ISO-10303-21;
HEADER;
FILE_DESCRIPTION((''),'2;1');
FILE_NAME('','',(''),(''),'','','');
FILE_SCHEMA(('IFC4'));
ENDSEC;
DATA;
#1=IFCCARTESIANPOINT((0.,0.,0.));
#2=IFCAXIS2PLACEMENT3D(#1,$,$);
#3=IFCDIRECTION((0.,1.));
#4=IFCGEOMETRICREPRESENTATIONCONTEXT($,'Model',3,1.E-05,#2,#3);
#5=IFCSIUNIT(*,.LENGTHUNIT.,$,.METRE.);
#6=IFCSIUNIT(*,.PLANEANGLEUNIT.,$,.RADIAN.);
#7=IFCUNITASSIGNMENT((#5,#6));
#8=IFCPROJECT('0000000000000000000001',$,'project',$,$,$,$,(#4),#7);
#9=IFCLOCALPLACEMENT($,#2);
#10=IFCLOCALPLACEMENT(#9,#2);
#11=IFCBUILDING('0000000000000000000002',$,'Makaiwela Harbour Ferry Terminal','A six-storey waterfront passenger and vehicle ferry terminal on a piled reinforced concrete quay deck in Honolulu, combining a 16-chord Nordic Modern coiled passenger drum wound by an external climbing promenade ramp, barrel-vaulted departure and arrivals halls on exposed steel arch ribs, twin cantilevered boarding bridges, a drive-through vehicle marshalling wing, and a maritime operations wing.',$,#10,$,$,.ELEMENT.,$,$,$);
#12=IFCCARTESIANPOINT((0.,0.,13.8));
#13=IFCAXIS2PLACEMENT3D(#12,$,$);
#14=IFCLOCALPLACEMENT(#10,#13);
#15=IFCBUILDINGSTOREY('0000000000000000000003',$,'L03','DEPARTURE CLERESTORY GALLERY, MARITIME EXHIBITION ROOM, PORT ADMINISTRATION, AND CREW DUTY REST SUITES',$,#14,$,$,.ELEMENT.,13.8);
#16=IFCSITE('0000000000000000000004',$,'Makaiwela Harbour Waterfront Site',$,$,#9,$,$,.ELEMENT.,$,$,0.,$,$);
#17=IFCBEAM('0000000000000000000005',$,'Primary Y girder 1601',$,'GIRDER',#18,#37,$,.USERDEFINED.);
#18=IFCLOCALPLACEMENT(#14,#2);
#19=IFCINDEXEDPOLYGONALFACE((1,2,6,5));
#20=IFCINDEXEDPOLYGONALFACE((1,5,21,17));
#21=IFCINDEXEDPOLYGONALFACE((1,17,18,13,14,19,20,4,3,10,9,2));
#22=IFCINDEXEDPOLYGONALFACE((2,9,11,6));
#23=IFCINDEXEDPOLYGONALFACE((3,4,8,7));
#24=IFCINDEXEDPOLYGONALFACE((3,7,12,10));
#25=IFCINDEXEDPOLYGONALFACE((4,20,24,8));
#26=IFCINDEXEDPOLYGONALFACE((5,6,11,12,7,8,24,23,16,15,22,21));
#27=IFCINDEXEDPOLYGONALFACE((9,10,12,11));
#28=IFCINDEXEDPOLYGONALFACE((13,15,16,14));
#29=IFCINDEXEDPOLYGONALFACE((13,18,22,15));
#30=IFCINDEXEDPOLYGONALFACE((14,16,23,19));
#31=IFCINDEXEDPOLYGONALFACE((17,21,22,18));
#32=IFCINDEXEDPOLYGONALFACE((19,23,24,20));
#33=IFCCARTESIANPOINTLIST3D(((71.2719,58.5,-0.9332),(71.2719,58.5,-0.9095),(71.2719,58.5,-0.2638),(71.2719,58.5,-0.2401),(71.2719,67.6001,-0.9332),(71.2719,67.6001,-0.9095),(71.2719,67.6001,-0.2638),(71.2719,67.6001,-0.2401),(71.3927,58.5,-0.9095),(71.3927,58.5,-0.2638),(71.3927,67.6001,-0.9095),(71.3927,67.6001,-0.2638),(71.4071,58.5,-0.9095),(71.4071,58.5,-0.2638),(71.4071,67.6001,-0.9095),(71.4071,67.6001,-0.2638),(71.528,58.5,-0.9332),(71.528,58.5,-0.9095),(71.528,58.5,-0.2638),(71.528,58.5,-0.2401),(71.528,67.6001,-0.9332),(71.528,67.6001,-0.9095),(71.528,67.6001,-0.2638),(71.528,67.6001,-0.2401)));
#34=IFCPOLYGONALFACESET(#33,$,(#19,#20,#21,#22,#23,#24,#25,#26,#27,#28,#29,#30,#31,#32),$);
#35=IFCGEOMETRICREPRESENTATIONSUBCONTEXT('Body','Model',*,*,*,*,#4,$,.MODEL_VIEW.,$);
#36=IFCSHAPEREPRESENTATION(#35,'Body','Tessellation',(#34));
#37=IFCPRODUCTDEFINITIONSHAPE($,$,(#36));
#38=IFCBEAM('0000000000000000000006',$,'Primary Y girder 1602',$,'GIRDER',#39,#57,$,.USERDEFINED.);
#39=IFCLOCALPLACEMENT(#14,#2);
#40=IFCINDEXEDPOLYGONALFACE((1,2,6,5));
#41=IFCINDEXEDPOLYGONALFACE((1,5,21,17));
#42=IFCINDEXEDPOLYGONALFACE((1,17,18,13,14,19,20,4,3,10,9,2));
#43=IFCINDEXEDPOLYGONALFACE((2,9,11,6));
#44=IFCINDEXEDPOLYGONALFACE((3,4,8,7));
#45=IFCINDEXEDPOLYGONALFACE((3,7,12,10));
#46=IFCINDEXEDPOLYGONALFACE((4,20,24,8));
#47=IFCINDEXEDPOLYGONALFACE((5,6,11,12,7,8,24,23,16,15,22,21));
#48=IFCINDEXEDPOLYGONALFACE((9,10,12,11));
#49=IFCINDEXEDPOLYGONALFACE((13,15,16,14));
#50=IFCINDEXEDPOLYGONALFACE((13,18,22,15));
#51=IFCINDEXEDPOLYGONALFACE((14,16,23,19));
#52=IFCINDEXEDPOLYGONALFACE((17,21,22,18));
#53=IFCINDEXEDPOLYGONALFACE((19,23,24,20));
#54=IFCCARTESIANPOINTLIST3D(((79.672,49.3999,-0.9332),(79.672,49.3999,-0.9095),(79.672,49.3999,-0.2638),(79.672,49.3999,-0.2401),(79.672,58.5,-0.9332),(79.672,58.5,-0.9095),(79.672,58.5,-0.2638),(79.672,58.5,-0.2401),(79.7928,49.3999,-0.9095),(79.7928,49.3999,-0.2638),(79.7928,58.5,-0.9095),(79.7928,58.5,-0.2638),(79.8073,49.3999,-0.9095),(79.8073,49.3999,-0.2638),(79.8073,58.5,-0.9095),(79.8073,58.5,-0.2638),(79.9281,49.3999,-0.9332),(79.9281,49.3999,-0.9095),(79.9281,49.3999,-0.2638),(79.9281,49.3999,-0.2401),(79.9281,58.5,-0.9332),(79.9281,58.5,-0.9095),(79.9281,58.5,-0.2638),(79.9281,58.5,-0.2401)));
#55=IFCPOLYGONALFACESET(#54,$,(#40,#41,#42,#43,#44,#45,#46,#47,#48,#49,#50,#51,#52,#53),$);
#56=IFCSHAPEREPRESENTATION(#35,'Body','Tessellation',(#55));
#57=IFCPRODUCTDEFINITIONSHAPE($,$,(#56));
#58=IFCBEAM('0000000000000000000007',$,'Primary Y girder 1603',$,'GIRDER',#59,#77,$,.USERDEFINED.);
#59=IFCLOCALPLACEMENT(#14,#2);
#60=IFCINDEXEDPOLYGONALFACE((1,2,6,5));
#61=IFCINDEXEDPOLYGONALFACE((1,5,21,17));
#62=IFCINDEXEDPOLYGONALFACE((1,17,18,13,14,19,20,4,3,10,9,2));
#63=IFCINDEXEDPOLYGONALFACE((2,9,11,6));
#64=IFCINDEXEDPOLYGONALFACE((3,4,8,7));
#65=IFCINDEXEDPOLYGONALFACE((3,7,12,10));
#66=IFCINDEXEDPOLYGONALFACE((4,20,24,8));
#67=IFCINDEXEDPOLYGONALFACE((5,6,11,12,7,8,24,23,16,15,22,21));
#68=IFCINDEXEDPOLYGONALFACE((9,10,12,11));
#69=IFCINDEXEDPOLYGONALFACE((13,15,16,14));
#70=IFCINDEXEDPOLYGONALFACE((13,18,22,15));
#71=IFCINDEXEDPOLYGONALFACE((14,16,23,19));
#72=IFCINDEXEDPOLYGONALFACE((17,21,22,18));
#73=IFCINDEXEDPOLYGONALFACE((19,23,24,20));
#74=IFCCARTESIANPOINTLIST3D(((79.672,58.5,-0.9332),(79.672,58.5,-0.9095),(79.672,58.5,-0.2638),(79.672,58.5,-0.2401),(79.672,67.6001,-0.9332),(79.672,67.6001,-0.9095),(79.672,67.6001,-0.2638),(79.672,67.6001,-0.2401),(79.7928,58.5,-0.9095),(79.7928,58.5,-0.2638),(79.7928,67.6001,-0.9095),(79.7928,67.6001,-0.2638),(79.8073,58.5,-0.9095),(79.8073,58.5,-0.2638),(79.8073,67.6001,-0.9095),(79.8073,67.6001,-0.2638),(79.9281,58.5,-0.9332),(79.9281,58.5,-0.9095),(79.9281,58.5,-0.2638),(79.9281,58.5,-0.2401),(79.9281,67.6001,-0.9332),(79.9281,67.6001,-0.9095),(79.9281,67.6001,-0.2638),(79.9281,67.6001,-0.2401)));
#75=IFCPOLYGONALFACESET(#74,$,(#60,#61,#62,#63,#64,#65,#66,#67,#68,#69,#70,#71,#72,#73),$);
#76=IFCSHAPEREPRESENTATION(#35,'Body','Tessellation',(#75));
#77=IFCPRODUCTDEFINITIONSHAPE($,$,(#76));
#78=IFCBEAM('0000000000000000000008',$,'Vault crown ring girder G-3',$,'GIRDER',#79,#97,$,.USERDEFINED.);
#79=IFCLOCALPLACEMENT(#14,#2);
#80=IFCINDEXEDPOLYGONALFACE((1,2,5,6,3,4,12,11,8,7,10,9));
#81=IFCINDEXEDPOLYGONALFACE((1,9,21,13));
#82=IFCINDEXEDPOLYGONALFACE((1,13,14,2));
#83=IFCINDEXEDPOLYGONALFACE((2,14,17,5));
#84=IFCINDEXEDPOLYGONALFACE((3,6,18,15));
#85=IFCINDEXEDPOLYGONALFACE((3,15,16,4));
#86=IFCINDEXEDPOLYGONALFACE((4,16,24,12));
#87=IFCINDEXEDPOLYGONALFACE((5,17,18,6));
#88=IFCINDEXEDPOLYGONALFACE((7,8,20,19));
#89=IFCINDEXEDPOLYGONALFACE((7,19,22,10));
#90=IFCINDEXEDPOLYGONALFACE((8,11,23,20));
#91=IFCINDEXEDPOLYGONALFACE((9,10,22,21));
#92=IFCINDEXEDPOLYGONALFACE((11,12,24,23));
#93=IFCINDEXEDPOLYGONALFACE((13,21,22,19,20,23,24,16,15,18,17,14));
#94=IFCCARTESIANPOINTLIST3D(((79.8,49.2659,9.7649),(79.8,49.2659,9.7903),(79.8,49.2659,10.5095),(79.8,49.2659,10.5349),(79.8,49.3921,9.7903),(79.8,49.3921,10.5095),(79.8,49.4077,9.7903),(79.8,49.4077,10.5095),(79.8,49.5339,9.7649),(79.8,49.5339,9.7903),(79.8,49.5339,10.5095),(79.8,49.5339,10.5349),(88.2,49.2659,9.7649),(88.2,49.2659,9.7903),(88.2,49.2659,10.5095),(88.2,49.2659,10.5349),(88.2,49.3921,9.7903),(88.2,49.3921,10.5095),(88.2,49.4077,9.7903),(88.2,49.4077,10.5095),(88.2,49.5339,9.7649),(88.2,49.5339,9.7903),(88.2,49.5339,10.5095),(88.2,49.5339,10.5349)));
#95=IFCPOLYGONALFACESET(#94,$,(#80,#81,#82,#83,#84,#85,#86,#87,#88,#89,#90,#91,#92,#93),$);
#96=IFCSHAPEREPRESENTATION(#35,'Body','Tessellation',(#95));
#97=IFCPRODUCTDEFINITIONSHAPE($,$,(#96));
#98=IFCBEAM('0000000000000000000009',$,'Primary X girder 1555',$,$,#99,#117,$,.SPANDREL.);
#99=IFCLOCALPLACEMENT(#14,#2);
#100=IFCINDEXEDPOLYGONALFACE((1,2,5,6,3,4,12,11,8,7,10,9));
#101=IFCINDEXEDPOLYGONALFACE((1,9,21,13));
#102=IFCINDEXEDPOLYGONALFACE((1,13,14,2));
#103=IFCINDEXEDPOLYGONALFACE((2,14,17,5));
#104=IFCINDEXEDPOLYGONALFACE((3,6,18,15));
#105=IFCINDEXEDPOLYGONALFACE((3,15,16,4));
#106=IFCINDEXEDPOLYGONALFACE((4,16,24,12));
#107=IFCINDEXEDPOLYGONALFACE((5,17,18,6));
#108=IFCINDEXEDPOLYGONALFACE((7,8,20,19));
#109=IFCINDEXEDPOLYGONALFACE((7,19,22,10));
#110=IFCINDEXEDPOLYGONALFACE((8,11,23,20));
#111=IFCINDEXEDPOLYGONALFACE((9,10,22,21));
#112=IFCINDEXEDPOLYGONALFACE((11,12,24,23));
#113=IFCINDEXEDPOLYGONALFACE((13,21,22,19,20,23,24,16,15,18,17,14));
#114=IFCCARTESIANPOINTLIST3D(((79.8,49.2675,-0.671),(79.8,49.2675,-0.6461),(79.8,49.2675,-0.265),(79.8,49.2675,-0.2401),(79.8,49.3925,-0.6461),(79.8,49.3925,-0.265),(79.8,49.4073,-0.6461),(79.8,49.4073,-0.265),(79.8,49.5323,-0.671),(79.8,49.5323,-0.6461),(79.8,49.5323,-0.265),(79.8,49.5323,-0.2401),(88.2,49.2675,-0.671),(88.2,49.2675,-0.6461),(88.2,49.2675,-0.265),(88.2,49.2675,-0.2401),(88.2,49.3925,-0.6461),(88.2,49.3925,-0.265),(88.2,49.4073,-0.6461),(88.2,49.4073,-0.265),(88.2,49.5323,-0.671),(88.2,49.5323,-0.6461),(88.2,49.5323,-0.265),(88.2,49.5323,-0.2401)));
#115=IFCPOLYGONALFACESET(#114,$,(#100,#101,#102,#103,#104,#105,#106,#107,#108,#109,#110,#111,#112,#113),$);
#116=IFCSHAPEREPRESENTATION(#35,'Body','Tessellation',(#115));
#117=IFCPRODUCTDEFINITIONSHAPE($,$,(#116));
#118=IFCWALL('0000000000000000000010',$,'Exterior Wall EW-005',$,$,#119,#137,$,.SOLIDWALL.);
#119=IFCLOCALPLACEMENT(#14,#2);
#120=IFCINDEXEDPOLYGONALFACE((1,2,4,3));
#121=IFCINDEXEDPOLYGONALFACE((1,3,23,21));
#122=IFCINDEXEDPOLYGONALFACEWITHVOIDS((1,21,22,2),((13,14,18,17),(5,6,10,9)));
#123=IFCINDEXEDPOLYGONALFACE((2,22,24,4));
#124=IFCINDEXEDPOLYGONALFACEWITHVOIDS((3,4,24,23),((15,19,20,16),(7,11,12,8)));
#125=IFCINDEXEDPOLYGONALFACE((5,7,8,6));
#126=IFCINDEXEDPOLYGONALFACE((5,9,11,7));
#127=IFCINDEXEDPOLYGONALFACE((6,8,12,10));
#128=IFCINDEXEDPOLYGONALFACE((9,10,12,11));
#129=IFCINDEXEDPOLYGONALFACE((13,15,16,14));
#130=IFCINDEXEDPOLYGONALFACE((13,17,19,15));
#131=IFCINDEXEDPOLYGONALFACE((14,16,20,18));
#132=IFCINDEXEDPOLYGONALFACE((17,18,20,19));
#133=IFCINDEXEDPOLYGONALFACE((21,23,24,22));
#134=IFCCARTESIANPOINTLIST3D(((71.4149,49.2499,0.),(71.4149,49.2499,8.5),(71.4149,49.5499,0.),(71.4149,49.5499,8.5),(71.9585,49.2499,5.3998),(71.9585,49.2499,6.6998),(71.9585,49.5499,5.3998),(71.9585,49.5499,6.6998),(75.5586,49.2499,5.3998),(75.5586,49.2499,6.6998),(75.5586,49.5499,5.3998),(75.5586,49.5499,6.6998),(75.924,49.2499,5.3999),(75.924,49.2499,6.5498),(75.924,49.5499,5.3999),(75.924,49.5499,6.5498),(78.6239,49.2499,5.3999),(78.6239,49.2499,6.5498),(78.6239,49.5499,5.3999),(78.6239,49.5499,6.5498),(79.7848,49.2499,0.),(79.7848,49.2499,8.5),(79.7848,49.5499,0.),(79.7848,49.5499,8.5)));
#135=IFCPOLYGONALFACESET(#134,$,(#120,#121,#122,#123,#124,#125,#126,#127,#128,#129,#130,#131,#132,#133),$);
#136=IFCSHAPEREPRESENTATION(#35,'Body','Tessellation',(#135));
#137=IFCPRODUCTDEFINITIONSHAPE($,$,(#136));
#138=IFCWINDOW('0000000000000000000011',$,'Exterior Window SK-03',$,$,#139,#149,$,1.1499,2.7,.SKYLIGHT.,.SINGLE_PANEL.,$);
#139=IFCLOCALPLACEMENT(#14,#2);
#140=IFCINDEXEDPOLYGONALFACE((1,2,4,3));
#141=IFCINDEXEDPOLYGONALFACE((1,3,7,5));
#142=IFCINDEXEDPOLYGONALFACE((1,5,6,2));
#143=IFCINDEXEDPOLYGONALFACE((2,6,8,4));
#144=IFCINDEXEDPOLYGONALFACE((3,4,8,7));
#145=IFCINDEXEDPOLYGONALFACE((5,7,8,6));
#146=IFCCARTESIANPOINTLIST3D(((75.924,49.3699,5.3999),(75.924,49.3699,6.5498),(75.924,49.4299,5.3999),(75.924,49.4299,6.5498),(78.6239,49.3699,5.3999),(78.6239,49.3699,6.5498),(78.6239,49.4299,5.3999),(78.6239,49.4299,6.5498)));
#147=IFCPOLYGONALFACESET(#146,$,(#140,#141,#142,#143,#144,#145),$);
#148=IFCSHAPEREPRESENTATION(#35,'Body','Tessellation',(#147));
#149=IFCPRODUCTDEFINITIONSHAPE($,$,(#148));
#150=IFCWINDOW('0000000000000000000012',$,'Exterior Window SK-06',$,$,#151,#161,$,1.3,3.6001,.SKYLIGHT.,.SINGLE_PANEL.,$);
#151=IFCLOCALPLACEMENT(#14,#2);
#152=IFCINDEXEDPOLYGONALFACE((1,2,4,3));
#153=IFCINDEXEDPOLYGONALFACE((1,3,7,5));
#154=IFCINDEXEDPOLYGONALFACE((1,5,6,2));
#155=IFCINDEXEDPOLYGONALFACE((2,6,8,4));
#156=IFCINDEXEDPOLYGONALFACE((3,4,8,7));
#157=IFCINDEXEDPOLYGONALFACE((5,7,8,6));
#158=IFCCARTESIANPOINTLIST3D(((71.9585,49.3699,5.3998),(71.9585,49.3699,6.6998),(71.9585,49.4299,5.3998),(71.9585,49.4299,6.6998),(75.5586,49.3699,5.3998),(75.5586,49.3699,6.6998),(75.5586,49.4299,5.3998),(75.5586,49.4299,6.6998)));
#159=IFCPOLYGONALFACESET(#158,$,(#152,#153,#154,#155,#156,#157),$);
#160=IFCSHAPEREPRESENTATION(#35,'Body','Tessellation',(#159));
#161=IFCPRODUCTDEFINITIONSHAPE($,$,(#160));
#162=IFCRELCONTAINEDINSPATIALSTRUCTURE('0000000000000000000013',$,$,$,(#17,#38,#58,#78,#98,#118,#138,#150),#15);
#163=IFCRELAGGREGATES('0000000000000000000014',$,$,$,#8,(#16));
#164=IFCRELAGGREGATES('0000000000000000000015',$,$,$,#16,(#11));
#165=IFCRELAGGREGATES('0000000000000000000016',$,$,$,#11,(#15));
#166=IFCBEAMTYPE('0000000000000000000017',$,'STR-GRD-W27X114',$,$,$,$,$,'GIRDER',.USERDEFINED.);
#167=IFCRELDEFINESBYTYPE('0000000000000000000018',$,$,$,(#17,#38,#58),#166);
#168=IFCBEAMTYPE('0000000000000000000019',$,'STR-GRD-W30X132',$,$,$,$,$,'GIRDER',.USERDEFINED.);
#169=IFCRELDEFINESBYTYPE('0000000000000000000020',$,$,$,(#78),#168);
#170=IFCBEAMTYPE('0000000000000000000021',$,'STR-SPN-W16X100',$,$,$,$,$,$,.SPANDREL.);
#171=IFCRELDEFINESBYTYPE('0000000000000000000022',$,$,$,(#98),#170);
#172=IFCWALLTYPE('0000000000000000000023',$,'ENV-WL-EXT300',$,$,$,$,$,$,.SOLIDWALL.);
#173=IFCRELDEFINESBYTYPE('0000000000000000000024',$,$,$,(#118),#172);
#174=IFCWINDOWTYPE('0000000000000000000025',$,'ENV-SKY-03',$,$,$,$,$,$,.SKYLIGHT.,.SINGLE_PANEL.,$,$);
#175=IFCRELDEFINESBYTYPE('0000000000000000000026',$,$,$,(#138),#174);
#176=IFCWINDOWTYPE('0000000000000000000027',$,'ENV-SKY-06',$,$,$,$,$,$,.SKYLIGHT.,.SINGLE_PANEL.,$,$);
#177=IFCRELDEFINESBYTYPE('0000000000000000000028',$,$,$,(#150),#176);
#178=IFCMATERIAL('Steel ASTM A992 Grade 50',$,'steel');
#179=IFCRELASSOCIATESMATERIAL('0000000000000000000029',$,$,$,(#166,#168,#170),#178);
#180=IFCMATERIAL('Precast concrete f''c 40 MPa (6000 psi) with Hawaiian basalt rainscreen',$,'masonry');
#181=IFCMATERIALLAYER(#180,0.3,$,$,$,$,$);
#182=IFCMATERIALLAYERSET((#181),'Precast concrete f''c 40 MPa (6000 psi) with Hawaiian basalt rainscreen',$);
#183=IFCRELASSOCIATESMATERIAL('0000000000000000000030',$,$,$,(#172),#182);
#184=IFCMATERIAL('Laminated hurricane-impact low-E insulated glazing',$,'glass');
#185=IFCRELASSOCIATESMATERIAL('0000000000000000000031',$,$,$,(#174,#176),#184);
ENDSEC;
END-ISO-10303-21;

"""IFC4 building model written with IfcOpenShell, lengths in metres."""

from ifc_helpers import new_model, si_unit, direction, frame, frame_2d, origin, origin_2d, place, context, subcontext, project, spatial, rectangle, i_section, extrude, material, layer, layer_set, material_profile, profile_set, type_object, element, fill, save


model = new_model("IFC4")

# Units and contexts
model_context = context("Model", 3, precision=1e-05, world=origin(), true_north=direction((0.0, 1.0)))
body_context = subcontext(model_context, "Body", "Model", "MODEL_VIEW")
ifc_project = project(units=[si_unit("LENGTHUNIT", "METRE"), si_unit("PLANEANGLEUNIT", "RADIAN")], contexts=[model_context])

# Site, building, storey
site_placement = place(None, origin())
site = spatial("IfcSite", under=ifc_project, at=site_placement, Name="Makaiwela Harbour Waterfront Site", CompositionType="ELEMENT", RefElevation=0.0)
building_placement = place(site_placement, origin())
building = spatial("IfcBuilding", under=site, at=building_placement, Name="Makaiwela Harbour Ferry Terminal", Description="A six-storey waterfront passenger and vehicle ferry terminal on a piled reinforced concrete quay deck in Honolulu, combining a 16-chord Nordic Modern coiled passenger drum wound by an external climbing promenade ramp, barrel-vaulted departure and arrivals halls on exposed steel arch ribs, twin cantilevered boarding bridges, a drive-through vehicle marshalling wing, and a maritime operations wing.", CompositionType="ELEMENT")
storey_placement = place(building_placement, frame((0.0, 0.0, 13.8)))
storey = spatial("IfcBuildingStorey", under=building, at=storey_placement, Name="L03", Description="DEPARTURE CLERESTORY GALLERY, MARITIME EXHIBITION ROOM, PORT ADMINISTRATION, AND CREW DUTY REST SUITES", CompositionType="ELEMENT", Elevation=13.8)

# Shared definitions
ifc_material_1 = material(Name="Steel ASTM A992 Grade 50", Category="steel")

# Beams
ifc_material_profile_1 = material_profile(ifc_material_1, i_section(OverallWidth=0.2561, OverallDepth=0.6931, WebThickness=0.0144, FlangeThickness=0.0237, at=origin_2d()), Name="W27X114")
ifc_profile_set_1 = profile_set([ifc_material_profile_1], Name="Steel ASTM A992 Grade 50")
beam_type_1 = type_object("IfcBeamType", Name="STR-GRD-W27X114", ElementType="GIRDER", PredefinedType="USERDEFINED", material=ifc_profile_set_1)
for number, where, z_axis, x_axis, name in (
    (1, (71.3999, 58.5, -0.5867), (0.0, 1.0, 0.0), (-1.0, 0.0, 0.0), "Primary Y girder 1601"),
    (2, (79.8, 49.3999, -0.5867), (0.0, 1.0, 0.0), (-1.0, 0.0, 0.0), "Primary Y girder 1602"),
    (3, (79.8, 58.5, -0.5867), (0.0, 1.0, 0.0), (-1.0, 0.0, 0.0), "Primary Y girder 1603"),
):
    element("IfcBeam", number, at=place(storey_placement, frame(where, z_axis=z_axis, x_axis=x_axis)), inside=storey, type_object=beam_type_1, Name=name, ObjectType="GIRDER", PredefinedType="USERDEFINED", context=body_context, shape_type="SweptSolid", body=[
        extrude(i_section(OverallWidth=0.2561, OverallDepth=0.6931, WebThickness=0.0144, FlangeThickness=0.0237, at=origin_2d()), origin(), (0.0, 0.0, 1.0), 9.1001),
    ])
ifc_material_profile_2 = material_profile(ifc_material_1, i_section(OverallWidth=0.2681, OverallDepth=0.77, WebThickness=0.0156, FlangeThickness=0.0254, at=origin_2d()), Name="W30X132")
ifc_profile_set_2 = profile_set([ifc_material_profile_2], Name="Steel ASTM A992 Grade 50")
beam_type_2 = type_object("IfcBeamType", Name="STR-GRD-W30X132", ElementType="GIRDER", PredefinedType="USERDEFINED", material=ifc_profile_set_2)
beam_1_placement = place(storey_placement, frame((79.8, 49.3999, 10.1499), z_axis=(1.0, 0.0, 0.0), x_axis=(0.0, 1.0, 0.0)))
element("IfcBeam", 4, at=beam_1_placement, inside=storey, type_object=beam_type_2, Name="Vault crown ring girder G-3", ObjectType="GIRDER", PredefinedType="USERDEFINED", context=body_context, shape_type="SweptSolid", body=[
    extrude(i_section(OverallWidth=0.2681, OverallDepth=0.77, WebThickness=0.0156, FlangeThickness=0.0254, at=origin_2d()), origin(), (0.0, 0.0, 1.0), 8.3999),
])
ifc_material_profile_3 = material_profile(ifc_material_1, i_section(OverallWidth=0.2649, OverallDepth=0.4309, WebThickness=0.0149, FlangeThickness=0.0249, at=origin_2d()), Name="W16X100")
ifc_profile_set_3 = profile_set([ifc_material_profile_3], Name="Steel ASTM A992 Grade 50")
beam_type_3 = type_object("IfcBeamType", Name="STR-SPN-W16X100", PredefinedType="SPANDREL", material=ifc_profile_set_3)
beam_2_placement = place(storey_placement, frame((79.8, 49.3999, -0.4556), z_axis=(1.0, 0.0, 0.0), x_axis=(0.0, 1.0, 0.0)))
element("IfcBeam", 5, at=beam_2_placement, inside=storey, type_object=beam_type_3, Name="Primary X girder 1555", PredefinedType="SPANDREL", context=body_context, shape_type="SweptSolid", body=[
    extrude(i_section(OverallWidth=0.2649, OverallDepth=0.4309, WebThickness=0.0149, FlangeThickness=0.0249, at=origin_2d()), origin(), (0.0, 0.0, 1.0), 8.3999),
])

# Wall, openings, windows
ifc_material_2 = material(Name="Precast concrete f'c 40 MPa (6000 psi) with Hawaiian basalt rainscreen", Category="masonry")
ifc_layer = layer(ifc_material_2, 0.3)
ifc_layer_set = layer_set([ifc_layer], Name="Precast concrete f'c 40 MPa (6000 psi) with Hawaiian basalt rainscreen")
wall_type = type_object("IfcWallType", Name="ENV-WL-EXT300", PredefinedType="SOLIDWALL", material=ifc_layer_set)
wall_placement = place(storey_placement, frame((79.7849, 49.3999, 0.0), z_axis=(0.0, 0.0, 1.0), x_axis=(-1.0, 0.0, 0.0)))
wall = element("IfcWall", 6, at=wall_placement, inside=storey, type_object=wall_type, Name="Exterior Wall EW-005", PredefinedType="SOLIDWALL", context=body_context, shape_type="SweptSolid", body=[
    extrude(rectangle(XDim=8.3699, YDim=0.3, at=frame_2d((4.1851, 0.0))), origin(), (0.0, 0.0, 1.0), 8.5),
])
opening_1_placement = place(wall_placement, frame((1.1609, 0.0, 5.3999)))
opening_1 = element("IfcOpeningElement", 7, at=opening_1_placement, cuts=wall, PredefinedType="OPENING", context=body_context, shape_type="SweptSolid", body=[
    extrude(rectangle(XDim=2.7, YDim=1.1499, at=frame_2d((1.3501, 0.575))), frame((0.0, 0.1599, 0.0), z_axis=(0.0, -1.0, 0.0), x_axis=(1.0, 0.0, 0.0)), (0.0, 0.0, 1.0), 0.3201),
])
opening_2_placement = place(wall_placement, frame((4.2263, 0.0, 5.3999)))
opening_2 = element("IfcOpeningElement", 8, at=opening_2_placement, cuts=wall, PredefinedType="OPENING", context=body_context, shape_type="SweptSolid", body=[
    extrude(rectangle(XDim=3.6001, YDim=1.3, at=frame_2d((1.8, 0.6499))), frame((0.0, 0.1599, 0.0), z_axis=(0.0, -1.0, 0.0), x_axis=(1.0, 0.0, 0.0)), (0.0, 0.0, 1.0), 0.3201),
])
ifc_material_3 = material(Name="Laminated hurricane-impact low-E insulated glazing", Category="glass")
window_type_1 = type_object("IfcWindowType", Name="ENV-SKY-03", PartitioningType="SINGLE_PANEL", PredefinedType="SKYLIGHT", material=ifc_material_3)
window_1_placement = place(opening_1_placement, origin())
window_1 = element("IfcWindow", 9, at=window_1_placement, inside=storey, type_object=window_type_1, Name="Exterior Window SK-03", OverallHeight=1.1499, OverallWidth=2.7, PartitioningType="SINGLE_PANEL", PredefinedType="SKYLIGHT", context=body_context, shape_type="SweptSolid", body=[
    extrude(rectangle(XDim=2.7, YDim=1.1499, at=frame_2d((1.3501, 0.575))), frame((0.0, 0.03, 0.0), z_axis=(0.0, -1.0, 0.0), x_axis=(1.0, 0.0, 0.0)), (0.0, 0.0, 1.0), 0.0601),
])
fill(opening_1, window_1)
window_type_2 = type_object("IfcWindowType", Name="ENV-SKY-06", PartitioningType="SINGLE_PANEL", PredefinedType="SKYLIGHT", material=ifc_material_3)
window_2_placement = place(opening_2_placement, origin())
window_2 = element("IfcWindow", 10, at=window_2_placement, inside=storey, type_object=window_type_2, Name="Exterior Window SK-06", OverallHeight=1.3, OverallWidth=3.6001, PartitioningType="SINGLE_PANEL", PredefinedType="SKYLIGHT", context=body_context, shape_type="SweptSolid", body=[
    extrude(rectangle(XDim=3.6001, YDim=1.3, at=frame_2d((1.8, 0.6499))), frame((0.0, 0.03, 0.0), z_axis=(0.0, -1.0, 0.0), x_axis=(1.0, 0.0, 0.0)), (0.0, 0.0, 1.0), 0.0601),
])
fill(opening_2, window_2)

save(model, "model.ifc")
